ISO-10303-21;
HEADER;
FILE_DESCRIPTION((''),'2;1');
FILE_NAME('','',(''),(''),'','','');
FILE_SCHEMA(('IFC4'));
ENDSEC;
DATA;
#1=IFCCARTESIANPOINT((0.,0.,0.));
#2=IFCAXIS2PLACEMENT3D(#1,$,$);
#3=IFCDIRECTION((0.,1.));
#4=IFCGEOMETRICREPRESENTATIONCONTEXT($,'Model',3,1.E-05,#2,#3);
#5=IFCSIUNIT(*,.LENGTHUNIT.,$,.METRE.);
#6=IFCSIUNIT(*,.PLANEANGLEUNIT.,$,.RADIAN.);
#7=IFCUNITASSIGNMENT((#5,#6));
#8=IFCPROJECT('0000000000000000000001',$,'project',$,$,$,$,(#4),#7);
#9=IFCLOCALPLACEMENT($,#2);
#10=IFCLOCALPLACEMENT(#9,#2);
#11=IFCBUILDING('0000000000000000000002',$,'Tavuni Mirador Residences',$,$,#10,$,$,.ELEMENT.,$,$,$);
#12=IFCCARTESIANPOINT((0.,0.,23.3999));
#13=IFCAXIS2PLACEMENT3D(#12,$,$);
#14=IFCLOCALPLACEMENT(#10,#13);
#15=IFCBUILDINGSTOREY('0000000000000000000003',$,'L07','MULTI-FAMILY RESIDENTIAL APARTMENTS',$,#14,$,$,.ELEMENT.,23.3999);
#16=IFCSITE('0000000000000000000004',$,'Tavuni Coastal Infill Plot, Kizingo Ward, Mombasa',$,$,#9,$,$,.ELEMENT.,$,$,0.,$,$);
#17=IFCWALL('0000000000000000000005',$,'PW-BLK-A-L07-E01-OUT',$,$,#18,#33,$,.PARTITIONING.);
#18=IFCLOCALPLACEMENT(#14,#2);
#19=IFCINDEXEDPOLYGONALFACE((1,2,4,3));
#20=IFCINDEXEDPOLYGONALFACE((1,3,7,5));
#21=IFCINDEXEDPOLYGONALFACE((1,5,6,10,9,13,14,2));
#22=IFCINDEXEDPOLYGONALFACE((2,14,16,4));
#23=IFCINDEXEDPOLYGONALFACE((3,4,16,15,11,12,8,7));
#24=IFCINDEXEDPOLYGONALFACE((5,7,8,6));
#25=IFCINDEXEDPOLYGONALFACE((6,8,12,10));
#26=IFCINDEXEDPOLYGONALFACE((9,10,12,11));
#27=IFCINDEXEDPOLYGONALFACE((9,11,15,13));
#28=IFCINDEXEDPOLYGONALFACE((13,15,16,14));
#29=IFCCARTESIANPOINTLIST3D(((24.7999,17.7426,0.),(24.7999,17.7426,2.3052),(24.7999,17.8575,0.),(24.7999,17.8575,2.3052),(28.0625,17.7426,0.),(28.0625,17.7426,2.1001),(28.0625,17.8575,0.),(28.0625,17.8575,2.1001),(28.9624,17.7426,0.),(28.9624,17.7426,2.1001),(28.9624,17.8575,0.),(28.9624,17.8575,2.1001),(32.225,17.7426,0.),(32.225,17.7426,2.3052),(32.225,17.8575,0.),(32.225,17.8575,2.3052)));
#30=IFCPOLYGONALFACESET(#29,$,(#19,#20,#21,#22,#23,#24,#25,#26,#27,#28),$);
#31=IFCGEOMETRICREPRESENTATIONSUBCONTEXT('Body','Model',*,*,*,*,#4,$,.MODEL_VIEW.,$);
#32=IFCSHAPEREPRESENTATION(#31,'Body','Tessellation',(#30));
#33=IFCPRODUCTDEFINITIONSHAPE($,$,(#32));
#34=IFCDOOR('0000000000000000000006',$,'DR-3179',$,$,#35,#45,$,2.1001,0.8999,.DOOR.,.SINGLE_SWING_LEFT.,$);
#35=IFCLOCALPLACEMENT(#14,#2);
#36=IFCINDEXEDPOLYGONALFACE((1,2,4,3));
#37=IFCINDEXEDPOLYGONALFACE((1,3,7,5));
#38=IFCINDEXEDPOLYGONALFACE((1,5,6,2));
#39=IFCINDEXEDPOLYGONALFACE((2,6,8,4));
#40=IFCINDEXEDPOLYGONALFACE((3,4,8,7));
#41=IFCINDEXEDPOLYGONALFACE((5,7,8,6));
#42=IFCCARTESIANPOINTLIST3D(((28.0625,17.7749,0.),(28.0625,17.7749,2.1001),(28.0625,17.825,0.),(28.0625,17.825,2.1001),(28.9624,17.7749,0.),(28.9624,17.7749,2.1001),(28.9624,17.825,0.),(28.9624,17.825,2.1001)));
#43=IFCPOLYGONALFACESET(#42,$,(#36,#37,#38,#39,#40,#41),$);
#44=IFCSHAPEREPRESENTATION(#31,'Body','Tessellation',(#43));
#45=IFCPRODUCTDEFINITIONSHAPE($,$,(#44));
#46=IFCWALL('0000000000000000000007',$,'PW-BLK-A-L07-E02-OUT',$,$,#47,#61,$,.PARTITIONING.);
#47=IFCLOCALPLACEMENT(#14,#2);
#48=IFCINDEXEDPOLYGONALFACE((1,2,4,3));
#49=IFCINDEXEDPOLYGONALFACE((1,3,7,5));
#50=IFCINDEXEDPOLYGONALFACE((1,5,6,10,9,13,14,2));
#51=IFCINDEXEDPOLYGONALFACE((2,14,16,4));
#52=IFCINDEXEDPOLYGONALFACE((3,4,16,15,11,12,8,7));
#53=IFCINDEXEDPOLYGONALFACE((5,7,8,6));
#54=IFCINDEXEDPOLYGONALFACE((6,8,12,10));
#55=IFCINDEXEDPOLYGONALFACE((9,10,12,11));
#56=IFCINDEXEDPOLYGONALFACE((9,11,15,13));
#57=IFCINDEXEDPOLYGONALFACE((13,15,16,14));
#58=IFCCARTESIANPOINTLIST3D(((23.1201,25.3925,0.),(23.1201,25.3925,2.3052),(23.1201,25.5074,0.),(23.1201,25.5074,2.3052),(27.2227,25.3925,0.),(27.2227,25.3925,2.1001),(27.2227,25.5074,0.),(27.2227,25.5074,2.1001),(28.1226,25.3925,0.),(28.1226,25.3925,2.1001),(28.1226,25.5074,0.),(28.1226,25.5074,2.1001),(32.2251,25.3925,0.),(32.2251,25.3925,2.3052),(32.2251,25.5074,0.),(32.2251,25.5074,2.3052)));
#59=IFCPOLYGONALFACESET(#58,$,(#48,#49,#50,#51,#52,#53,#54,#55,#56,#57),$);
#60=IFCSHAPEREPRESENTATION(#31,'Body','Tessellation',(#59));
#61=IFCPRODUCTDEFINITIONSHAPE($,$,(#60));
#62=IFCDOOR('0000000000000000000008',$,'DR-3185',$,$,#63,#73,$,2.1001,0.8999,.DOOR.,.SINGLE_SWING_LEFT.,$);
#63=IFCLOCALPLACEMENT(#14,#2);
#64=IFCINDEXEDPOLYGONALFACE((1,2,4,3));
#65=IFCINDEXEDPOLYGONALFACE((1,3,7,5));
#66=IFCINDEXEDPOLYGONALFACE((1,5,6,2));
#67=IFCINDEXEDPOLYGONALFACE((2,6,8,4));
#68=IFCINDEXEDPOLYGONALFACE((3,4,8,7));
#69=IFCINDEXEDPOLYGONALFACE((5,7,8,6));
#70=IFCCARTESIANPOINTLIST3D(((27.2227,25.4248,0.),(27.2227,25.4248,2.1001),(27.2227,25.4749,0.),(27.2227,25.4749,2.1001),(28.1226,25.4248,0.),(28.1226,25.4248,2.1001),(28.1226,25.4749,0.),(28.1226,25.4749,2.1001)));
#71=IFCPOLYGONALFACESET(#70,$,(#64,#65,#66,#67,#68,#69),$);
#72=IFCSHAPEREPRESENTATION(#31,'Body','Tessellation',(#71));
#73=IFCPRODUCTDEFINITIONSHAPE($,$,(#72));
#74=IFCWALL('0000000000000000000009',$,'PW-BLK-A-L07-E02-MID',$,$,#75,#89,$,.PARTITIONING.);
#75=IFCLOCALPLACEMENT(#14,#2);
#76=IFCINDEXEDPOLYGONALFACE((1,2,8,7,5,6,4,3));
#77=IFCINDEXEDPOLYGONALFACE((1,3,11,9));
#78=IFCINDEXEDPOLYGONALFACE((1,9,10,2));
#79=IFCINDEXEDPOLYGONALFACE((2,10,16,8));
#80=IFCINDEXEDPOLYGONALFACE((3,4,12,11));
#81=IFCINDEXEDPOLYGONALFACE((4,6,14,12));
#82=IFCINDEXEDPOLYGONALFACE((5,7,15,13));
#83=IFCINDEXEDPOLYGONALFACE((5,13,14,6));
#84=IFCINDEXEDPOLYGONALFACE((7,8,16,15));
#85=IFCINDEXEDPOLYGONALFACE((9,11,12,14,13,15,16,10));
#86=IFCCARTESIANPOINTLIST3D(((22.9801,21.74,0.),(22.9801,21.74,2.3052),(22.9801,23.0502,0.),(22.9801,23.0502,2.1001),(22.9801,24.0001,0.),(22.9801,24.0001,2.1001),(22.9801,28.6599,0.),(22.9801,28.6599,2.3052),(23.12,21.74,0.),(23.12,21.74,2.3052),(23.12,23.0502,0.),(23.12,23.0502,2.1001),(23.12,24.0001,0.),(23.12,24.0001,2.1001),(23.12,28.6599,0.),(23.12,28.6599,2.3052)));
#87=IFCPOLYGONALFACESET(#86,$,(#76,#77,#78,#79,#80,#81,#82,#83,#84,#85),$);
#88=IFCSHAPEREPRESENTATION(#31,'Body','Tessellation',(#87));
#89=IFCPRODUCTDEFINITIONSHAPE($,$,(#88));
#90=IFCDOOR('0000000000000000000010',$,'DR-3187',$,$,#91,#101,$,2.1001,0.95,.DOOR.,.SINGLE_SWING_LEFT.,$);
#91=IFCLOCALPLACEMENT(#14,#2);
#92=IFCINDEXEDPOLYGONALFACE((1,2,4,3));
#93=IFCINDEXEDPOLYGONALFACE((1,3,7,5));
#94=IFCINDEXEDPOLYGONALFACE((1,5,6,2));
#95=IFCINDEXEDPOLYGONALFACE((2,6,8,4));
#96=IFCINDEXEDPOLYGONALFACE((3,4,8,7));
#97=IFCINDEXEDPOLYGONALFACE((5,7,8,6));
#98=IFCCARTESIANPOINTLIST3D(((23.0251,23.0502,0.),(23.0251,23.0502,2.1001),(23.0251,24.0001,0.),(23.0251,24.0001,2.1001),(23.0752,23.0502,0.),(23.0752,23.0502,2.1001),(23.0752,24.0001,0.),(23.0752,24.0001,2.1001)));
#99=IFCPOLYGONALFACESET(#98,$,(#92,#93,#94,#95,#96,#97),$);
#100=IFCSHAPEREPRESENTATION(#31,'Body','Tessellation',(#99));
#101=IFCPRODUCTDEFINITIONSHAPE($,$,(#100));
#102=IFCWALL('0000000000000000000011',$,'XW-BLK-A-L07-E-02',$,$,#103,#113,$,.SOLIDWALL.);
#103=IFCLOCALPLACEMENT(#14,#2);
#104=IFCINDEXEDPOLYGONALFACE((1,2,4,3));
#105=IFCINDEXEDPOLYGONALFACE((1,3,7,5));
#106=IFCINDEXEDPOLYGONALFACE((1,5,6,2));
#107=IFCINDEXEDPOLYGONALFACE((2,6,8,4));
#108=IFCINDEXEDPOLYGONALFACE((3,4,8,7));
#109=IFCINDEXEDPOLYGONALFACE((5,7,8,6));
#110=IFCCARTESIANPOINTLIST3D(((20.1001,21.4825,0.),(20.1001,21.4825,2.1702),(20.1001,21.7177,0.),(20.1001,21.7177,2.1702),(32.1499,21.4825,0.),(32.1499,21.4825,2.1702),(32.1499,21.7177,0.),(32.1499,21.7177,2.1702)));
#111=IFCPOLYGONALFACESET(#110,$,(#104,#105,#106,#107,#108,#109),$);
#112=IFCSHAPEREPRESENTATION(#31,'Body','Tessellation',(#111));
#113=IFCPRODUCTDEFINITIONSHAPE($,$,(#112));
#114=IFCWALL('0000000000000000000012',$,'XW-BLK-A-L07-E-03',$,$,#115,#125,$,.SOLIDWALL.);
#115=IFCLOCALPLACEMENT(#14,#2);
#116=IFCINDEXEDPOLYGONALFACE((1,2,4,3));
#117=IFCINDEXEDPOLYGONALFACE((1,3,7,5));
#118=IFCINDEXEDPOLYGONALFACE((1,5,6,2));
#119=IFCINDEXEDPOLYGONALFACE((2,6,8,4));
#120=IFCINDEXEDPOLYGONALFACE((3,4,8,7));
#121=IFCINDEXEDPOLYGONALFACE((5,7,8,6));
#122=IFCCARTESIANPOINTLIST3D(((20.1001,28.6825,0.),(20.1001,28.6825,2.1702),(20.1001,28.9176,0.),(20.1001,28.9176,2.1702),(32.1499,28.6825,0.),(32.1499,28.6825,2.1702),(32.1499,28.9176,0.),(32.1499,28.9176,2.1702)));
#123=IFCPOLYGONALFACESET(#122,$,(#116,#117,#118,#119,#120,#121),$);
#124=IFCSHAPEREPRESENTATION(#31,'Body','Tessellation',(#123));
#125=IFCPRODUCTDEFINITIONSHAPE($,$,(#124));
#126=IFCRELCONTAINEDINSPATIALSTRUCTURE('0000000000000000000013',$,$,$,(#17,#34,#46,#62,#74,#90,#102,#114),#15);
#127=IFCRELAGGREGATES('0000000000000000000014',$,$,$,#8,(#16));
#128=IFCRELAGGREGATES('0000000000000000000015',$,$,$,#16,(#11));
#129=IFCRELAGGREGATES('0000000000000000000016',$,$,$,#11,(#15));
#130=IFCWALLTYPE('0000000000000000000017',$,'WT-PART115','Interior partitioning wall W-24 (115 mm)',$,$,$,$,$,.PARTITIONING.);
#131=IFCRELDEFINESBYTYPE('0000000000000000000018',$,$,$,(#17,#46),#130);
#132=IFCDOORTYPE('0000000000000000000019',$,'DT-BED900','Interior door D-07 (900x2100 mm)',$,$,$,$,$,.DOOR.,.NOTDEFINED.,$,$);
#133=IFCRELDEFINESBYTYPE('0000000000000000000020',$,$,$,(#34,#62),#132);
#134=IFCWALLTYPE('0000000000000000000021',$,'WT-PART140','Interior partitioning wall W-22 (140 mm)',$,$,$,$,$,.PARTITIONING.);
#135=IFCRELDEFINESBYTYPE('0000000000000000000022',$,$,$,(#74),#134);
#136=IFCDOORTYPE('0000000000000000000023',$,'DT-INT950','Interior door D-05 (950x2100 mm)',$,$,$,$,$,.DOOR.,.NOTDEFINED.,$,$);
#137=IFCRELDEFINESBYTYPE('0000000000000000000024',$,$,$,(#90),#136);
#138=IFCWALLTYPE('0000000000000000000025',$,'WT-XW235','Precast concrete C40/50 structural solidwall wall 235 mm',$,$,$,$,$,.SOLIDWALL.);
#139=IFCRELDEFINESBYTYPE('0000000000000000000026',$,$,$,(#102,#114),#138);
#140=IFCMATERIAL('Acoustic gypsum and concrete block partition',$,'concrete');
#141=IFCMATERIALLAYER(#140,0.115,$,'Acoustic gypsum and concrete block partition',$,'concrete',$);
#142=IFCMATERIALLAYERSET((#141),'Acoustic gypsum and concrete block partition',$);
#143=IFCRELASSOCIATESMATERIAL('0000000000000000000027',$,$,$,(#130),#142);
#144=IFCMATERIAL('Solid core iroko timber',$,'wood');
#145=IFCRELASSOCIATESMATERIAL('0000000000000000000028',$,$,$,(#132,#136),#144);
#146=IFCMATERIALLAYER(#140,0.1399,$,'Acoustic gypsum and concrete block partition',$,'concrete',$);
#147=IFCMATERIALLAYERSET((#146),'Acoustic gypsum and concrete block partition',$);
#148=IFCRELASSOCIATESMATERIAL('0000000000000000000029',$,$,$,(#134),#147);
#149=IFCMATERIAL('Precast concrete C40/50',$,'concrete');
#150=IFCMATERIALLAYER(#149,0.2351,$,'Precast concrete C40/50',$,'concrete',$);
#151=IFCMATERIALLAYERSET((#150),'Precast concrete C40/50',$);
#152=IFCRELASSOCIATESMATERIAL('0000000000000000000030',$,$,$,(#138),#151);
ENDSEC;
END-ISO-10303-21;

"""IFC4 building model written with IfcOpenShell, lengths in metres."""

from ifc_helpers import new_model, si_unit, direction, frame, frame_2d, origin, place, context, subcontext, project, spatial, rectangle, extrude, material, layer, layer_set, type_object, element, fill, save


model = new_model("IFC4")

# Units and contexts
model_context = context("Model", 3, precision=1e-05, world=origin(), true_north=direction((0.0, 1.0)))
body_context = subcontext(model_context, "Body", "Model", "MODEL_VIEW")
ifc_project = project(units=[si_unit("LENGTHUNIT", "METRE"), si_unit("PLANEANGLEUNIT", "RADIAN")], contexts=[model_context])

# Site, building, storey
site_placement = place(None, origin())
site = spatial("IfcSite", under=ifc_project, at=site_placement, Name="Tavuni Coastal Infill Plot, Kizingo Ward, Mombasa", CompositionType="ELEMENT", RefElevation=0.0)
building_placement = place(site_placement, origin())
building = spatial("IfcBuilding", under=site, at=building_placement, Name="Tavuni Mirador Residences", CompositionType="ELEMENT")
storey_placement = place(building_placement, frame((0.0, 0.0, 23.3999)))
storey = spatial("IfcBuildingStorey", under=building, at=storey_placement, Name="L07", Description="MULTI-FAMILY RESIDENTIAL APARTMENTS", CompositionType="ELEMENT", Elevation=23.3999)

# Shared definitions
ifc_material_1 = material(Name="Precast concrete C40/50", Category="concrete")

# Walls, openings, doors
ifc_material_2 = material(Name="Solid core iroko timber", Category="wood")
ifc_material_3 = material(Name="Acoustic gypsum and concrete block partition", Category="concrete")
ifc_layer_1 = layer(ifc_material_3, 0.115, Name="Acoustic gypsum and concrete block partition", Category="concrete")
ifc_layer_set_1 = layer_set([ifc_layer_1], Name="Acoustic gypsum and concrete block partition")
wall_type_1 = type_object("IfcWallType", Name="WT-PART115", Description="Interior partitioning wall W-24 (115 mm)", PredefinedType="PARTITIONING", material=ifc_layer_set_1)
wall_1_placement = place(storey_placement, frame((24.8, 17.8, 0.0), z_axis=(0.0, 0.0, 1.0), x_axis=(1.0, 0.0, 0.0)))
wall_1 = element("IfcWall", 1, at=wall_1_placement, inside=storey, type_object=wall_type_1, Name="PW-BLK-A-L07-E01-OUT", PredefinedType="PARTITIONING", context=body_context, shape_type="SweptSolid", body=[
    extrude(rectangle(XDim=7.425, YDim=0.115, at=frame_2d((3.7124, 0.0))), origin(), (0.0, 0.0, 1.0), 2.3052),
])
opening_1_placement = place(wall_1_placement, frame((3.2625, 0.0, 0.0)))
opening_1 = element("IfcOpeningElement", 2, at=opening_1_placement, cuts=wall_1, PredefinedType="OPENING", context=body_context, shape_type="SweptSolid", body=[
    extrude(rectangle(XDim=0.8999, YDim=2.1001, at=frame_2d((0.45, 1.05))), frame((0.0, 0.0674, 0.0), z_axis=(0.0, -1.0, 0.0), x_axis=(1.0, 0.0, 0.0)), (0.0, 0.0, 1.0), 0.135),
])
door_type_1 = type_object("IfcDoorType", Name="DT-BED900", Description="Interior door D-07 (900x2100 mm)", OperationType="NOTDEFINED", PredefinedType="DOOR", material=ifc_material_2)
door_1_placement = place(opening_1_placement, origin())
door_1 = element("IfcDoor", 3, at=door_1_placement, inside=storey, type_object=door_type_1, Name="DR-3179", OperationType="SINGLE_SWING_LEFT", OverallHeight=2.1001, OverallWidth=0.8999, PredefinedType="DOOR", context=body_context, shape_type="SweptSolid", body=[
    extrude(rectangle(XDim=0.8999, YDim=2.1001, at=frame_2d((0.45, 1.05))), frame((0.0, 0.0249, 0.0), z_axis=(0.0, -1.0, 0.0), x_axis=(1.0, 0.0, 0.0)), (0.0, 0.0, 1.0), 0.05),
])
fill(opening_1, door_1)
wall_2_placement = place(storey_placement, frame((23.1201, 25.45, 0.0), z_axis=(0.0, 0.0, 1.0), x_axis=(1.0, 0.0, 0.0)))
wall_2 = element("IfcWall", 4, at=wall_2_placement, inside=storey, type_object=wall_type_1, Name="PW-BLK-A-L07-E02-OUT", PredefinedType="PARTITIONING", context=body_context, shape_type="SweptSolid", body=[
    extrude(rectangle(XDim=9.105, YDim=0.115, at=frame_2d((4.5525, 0.0))), origin(), (0.0, 0.0, 1.0), 2.3052),
])
opening_2_placement = place(wall_2_placement, frame((4.1025, 0.0, 0.0)))
opening_2 = element("IfcOpeningElement", 5, at=opening_2_placement, cuts=wall_2, PredefinedType="OPENING", context=body_context, shape_type="SweptSolid", body=[
    extrude(rectangle(XDim=0.8999, YDim=2.1001, at=frame_2d((0.45, 1.05))), frame((0.0, 0.0674, 0.0), z_axis=(0.0, -1.0, 0.0), x_axis=(1.0, 0.0, 0.0)), (0.0, 0.0, 1.0), 0.135),
])
door_2_placement = place(opening_2_placement, origin())
door_2 = element("IfcDoor", 6, at=door_2_placement, inside=storey, type_object=door_type_1, Name="DR-3185", OperationType="SINGLE_SWING_LEFT", OverallHeight=2.1001, OverallWidth=0.8999, PredefinedType="DOOR", context=body_context, shape_type="SweptSolid", body=[
    extrude(rectangle(XDim=0.8999, YDim=2.1001, at=frame_2d((0.45, 1.05))), frame((0.0, 0.0249, 0.0), z_axis=(0.0, -1.0, 0.0), x_axis=(1.0, 0.0, 0.0)), (0.0, 0.0, 1.0), 0.05),
])
fill(opening_2, door_2)
ifc_layer_2 = layer(ifc_material_3, 0.1399, Name="Acoustic gypsum and concrete block partition", Category="concrete")
ifc_layer_set_2 = layer_set([ifc_layer_2], Name="Acoustic gypsum and concrete block partition")
wall_type_2 = type_object("IfcWallType", Name="WT-PART140", Description="Interior partitioning wall W-22 (140 mm)", PredefinedType="PARTITIONING", material=ifc_layer_set_2)
wall_3_placement = place(storey_placement, frame((23.05, 21.74, 0.0), z_axis=(0.0, 0.0, 1.0), x_axis=(0.0, 1.0, 0.0)))
wall_3 = element("IfcWall", 7, at=wall_3_placement, inside=storey, type_object=wall_type_2, Name="PW-BLK-A-L07-E02-MID", PredefinedType="PARTITIONING", context=body_context, shape_type="SweptSolid", body=[
    extrude(rectangle(XDim=6.9199, YDim=0.1399, at=frame_2d((3.46, 0.0))), origin(), (0.0, 0.0, 1.0), 2.3052),
])
opening_3_placement = place(wall_3_placement, frame((1.3101, 0.0, 0.0)))
opening_3 = element("IfcOpeningElement", 8, at=opening_3_placement, cuts=wall_3, PredefinedType="OPENING", context=body_context, shape_type="SweptSolid", body=[
    extrude(rectangle(XDim=0.95, YDim=2.1001, at=frame_2d((0.4751, 1.05))), frame((0.0, 0.0801, 0.0), z_axis=(0.0, -1.0, 0.0), x_axis=(1.0, 0.0, 0.0)), (0.0, 0.0, 1.0), 0.1599),
])
door_type_2 = type_object("IfcDoorType", Name="DT-INT950", Description="Interior door D-05 (950x2100 mm)", OperationType="NOTDEFINED", PredefinedType="DOOR", material=ifc_material_2)
door_3_placement = place(opening_3_placement, origin())
door_3 = element("IfcDoor", 9, at=door_3_placement, inside=storey, type_object=door_type_2, Name="DR-3187", OperationType="SINGLE_SWING_LEFT", OverallHeight=2.1001, OverallWidth=0.95, PredefinedType="DOOR", context=body_context, shape_type="SweptSolid", body=[
    extrude(rectangle(XDim=0.95, YDim=2.1001, at=frame_2d((0.4751, 1.05))), frame((0.0, 0.0249, 0.0), z_axis=(0.0, -1.0, 0.0), x_axis=(1.0, 0.0, 0.0)), (0.0, 0.0, 1.0), 0.05),
])
fill(opening_3, door_3)

# Walls
ifc_layer_3 = layer(ifc_material_1, 0.2351, Name="Precast concrete C40/50", Category="concrete")
ifc_layer_set_3 = layer_set([ifc_layer_3], Name="Precast concrete C40/50")
wall_type_3 = type_object("IfcWallType", Name="WT-XW235", Description="Precast concrete C40/50 structural solidwall wall 235 mm", PredefinedType="SOLIDWALL", material=ifc_layer_set_3)
for number, where, z_axis, x_axis, name in (
    (10, (20.1001, 21.6001, 0.0), (0.0, 0.0, 1.0), (1.0, 0.0, 0.0), "XW-BLK-A-L07-E-02"),
    (11, (20.1001, 28.8, 0.0), (0.0, 0.0, 1.0), (1.0, 0.0, 0.0), "XW-BLK-A-L07-E-03"),
):
    element("IfcWall", number, at=place(storey_placement, frame(where, z_axis=z_axis, x_axis=x_axis)), inside=storey, type_object=wall_type_3, Name=name, PredefinedType="SOLIDWALL", context=body_context, shape_type="SweptSolid", body=[
        extrude(rectangle(XDim=12.0498, YDim=0.2351, at=frame_2d((6.0249, 0.0))), origin(), (0.0, 0.0, 1.0), 2.1702),
    ])

save(model, "model.ifc")
